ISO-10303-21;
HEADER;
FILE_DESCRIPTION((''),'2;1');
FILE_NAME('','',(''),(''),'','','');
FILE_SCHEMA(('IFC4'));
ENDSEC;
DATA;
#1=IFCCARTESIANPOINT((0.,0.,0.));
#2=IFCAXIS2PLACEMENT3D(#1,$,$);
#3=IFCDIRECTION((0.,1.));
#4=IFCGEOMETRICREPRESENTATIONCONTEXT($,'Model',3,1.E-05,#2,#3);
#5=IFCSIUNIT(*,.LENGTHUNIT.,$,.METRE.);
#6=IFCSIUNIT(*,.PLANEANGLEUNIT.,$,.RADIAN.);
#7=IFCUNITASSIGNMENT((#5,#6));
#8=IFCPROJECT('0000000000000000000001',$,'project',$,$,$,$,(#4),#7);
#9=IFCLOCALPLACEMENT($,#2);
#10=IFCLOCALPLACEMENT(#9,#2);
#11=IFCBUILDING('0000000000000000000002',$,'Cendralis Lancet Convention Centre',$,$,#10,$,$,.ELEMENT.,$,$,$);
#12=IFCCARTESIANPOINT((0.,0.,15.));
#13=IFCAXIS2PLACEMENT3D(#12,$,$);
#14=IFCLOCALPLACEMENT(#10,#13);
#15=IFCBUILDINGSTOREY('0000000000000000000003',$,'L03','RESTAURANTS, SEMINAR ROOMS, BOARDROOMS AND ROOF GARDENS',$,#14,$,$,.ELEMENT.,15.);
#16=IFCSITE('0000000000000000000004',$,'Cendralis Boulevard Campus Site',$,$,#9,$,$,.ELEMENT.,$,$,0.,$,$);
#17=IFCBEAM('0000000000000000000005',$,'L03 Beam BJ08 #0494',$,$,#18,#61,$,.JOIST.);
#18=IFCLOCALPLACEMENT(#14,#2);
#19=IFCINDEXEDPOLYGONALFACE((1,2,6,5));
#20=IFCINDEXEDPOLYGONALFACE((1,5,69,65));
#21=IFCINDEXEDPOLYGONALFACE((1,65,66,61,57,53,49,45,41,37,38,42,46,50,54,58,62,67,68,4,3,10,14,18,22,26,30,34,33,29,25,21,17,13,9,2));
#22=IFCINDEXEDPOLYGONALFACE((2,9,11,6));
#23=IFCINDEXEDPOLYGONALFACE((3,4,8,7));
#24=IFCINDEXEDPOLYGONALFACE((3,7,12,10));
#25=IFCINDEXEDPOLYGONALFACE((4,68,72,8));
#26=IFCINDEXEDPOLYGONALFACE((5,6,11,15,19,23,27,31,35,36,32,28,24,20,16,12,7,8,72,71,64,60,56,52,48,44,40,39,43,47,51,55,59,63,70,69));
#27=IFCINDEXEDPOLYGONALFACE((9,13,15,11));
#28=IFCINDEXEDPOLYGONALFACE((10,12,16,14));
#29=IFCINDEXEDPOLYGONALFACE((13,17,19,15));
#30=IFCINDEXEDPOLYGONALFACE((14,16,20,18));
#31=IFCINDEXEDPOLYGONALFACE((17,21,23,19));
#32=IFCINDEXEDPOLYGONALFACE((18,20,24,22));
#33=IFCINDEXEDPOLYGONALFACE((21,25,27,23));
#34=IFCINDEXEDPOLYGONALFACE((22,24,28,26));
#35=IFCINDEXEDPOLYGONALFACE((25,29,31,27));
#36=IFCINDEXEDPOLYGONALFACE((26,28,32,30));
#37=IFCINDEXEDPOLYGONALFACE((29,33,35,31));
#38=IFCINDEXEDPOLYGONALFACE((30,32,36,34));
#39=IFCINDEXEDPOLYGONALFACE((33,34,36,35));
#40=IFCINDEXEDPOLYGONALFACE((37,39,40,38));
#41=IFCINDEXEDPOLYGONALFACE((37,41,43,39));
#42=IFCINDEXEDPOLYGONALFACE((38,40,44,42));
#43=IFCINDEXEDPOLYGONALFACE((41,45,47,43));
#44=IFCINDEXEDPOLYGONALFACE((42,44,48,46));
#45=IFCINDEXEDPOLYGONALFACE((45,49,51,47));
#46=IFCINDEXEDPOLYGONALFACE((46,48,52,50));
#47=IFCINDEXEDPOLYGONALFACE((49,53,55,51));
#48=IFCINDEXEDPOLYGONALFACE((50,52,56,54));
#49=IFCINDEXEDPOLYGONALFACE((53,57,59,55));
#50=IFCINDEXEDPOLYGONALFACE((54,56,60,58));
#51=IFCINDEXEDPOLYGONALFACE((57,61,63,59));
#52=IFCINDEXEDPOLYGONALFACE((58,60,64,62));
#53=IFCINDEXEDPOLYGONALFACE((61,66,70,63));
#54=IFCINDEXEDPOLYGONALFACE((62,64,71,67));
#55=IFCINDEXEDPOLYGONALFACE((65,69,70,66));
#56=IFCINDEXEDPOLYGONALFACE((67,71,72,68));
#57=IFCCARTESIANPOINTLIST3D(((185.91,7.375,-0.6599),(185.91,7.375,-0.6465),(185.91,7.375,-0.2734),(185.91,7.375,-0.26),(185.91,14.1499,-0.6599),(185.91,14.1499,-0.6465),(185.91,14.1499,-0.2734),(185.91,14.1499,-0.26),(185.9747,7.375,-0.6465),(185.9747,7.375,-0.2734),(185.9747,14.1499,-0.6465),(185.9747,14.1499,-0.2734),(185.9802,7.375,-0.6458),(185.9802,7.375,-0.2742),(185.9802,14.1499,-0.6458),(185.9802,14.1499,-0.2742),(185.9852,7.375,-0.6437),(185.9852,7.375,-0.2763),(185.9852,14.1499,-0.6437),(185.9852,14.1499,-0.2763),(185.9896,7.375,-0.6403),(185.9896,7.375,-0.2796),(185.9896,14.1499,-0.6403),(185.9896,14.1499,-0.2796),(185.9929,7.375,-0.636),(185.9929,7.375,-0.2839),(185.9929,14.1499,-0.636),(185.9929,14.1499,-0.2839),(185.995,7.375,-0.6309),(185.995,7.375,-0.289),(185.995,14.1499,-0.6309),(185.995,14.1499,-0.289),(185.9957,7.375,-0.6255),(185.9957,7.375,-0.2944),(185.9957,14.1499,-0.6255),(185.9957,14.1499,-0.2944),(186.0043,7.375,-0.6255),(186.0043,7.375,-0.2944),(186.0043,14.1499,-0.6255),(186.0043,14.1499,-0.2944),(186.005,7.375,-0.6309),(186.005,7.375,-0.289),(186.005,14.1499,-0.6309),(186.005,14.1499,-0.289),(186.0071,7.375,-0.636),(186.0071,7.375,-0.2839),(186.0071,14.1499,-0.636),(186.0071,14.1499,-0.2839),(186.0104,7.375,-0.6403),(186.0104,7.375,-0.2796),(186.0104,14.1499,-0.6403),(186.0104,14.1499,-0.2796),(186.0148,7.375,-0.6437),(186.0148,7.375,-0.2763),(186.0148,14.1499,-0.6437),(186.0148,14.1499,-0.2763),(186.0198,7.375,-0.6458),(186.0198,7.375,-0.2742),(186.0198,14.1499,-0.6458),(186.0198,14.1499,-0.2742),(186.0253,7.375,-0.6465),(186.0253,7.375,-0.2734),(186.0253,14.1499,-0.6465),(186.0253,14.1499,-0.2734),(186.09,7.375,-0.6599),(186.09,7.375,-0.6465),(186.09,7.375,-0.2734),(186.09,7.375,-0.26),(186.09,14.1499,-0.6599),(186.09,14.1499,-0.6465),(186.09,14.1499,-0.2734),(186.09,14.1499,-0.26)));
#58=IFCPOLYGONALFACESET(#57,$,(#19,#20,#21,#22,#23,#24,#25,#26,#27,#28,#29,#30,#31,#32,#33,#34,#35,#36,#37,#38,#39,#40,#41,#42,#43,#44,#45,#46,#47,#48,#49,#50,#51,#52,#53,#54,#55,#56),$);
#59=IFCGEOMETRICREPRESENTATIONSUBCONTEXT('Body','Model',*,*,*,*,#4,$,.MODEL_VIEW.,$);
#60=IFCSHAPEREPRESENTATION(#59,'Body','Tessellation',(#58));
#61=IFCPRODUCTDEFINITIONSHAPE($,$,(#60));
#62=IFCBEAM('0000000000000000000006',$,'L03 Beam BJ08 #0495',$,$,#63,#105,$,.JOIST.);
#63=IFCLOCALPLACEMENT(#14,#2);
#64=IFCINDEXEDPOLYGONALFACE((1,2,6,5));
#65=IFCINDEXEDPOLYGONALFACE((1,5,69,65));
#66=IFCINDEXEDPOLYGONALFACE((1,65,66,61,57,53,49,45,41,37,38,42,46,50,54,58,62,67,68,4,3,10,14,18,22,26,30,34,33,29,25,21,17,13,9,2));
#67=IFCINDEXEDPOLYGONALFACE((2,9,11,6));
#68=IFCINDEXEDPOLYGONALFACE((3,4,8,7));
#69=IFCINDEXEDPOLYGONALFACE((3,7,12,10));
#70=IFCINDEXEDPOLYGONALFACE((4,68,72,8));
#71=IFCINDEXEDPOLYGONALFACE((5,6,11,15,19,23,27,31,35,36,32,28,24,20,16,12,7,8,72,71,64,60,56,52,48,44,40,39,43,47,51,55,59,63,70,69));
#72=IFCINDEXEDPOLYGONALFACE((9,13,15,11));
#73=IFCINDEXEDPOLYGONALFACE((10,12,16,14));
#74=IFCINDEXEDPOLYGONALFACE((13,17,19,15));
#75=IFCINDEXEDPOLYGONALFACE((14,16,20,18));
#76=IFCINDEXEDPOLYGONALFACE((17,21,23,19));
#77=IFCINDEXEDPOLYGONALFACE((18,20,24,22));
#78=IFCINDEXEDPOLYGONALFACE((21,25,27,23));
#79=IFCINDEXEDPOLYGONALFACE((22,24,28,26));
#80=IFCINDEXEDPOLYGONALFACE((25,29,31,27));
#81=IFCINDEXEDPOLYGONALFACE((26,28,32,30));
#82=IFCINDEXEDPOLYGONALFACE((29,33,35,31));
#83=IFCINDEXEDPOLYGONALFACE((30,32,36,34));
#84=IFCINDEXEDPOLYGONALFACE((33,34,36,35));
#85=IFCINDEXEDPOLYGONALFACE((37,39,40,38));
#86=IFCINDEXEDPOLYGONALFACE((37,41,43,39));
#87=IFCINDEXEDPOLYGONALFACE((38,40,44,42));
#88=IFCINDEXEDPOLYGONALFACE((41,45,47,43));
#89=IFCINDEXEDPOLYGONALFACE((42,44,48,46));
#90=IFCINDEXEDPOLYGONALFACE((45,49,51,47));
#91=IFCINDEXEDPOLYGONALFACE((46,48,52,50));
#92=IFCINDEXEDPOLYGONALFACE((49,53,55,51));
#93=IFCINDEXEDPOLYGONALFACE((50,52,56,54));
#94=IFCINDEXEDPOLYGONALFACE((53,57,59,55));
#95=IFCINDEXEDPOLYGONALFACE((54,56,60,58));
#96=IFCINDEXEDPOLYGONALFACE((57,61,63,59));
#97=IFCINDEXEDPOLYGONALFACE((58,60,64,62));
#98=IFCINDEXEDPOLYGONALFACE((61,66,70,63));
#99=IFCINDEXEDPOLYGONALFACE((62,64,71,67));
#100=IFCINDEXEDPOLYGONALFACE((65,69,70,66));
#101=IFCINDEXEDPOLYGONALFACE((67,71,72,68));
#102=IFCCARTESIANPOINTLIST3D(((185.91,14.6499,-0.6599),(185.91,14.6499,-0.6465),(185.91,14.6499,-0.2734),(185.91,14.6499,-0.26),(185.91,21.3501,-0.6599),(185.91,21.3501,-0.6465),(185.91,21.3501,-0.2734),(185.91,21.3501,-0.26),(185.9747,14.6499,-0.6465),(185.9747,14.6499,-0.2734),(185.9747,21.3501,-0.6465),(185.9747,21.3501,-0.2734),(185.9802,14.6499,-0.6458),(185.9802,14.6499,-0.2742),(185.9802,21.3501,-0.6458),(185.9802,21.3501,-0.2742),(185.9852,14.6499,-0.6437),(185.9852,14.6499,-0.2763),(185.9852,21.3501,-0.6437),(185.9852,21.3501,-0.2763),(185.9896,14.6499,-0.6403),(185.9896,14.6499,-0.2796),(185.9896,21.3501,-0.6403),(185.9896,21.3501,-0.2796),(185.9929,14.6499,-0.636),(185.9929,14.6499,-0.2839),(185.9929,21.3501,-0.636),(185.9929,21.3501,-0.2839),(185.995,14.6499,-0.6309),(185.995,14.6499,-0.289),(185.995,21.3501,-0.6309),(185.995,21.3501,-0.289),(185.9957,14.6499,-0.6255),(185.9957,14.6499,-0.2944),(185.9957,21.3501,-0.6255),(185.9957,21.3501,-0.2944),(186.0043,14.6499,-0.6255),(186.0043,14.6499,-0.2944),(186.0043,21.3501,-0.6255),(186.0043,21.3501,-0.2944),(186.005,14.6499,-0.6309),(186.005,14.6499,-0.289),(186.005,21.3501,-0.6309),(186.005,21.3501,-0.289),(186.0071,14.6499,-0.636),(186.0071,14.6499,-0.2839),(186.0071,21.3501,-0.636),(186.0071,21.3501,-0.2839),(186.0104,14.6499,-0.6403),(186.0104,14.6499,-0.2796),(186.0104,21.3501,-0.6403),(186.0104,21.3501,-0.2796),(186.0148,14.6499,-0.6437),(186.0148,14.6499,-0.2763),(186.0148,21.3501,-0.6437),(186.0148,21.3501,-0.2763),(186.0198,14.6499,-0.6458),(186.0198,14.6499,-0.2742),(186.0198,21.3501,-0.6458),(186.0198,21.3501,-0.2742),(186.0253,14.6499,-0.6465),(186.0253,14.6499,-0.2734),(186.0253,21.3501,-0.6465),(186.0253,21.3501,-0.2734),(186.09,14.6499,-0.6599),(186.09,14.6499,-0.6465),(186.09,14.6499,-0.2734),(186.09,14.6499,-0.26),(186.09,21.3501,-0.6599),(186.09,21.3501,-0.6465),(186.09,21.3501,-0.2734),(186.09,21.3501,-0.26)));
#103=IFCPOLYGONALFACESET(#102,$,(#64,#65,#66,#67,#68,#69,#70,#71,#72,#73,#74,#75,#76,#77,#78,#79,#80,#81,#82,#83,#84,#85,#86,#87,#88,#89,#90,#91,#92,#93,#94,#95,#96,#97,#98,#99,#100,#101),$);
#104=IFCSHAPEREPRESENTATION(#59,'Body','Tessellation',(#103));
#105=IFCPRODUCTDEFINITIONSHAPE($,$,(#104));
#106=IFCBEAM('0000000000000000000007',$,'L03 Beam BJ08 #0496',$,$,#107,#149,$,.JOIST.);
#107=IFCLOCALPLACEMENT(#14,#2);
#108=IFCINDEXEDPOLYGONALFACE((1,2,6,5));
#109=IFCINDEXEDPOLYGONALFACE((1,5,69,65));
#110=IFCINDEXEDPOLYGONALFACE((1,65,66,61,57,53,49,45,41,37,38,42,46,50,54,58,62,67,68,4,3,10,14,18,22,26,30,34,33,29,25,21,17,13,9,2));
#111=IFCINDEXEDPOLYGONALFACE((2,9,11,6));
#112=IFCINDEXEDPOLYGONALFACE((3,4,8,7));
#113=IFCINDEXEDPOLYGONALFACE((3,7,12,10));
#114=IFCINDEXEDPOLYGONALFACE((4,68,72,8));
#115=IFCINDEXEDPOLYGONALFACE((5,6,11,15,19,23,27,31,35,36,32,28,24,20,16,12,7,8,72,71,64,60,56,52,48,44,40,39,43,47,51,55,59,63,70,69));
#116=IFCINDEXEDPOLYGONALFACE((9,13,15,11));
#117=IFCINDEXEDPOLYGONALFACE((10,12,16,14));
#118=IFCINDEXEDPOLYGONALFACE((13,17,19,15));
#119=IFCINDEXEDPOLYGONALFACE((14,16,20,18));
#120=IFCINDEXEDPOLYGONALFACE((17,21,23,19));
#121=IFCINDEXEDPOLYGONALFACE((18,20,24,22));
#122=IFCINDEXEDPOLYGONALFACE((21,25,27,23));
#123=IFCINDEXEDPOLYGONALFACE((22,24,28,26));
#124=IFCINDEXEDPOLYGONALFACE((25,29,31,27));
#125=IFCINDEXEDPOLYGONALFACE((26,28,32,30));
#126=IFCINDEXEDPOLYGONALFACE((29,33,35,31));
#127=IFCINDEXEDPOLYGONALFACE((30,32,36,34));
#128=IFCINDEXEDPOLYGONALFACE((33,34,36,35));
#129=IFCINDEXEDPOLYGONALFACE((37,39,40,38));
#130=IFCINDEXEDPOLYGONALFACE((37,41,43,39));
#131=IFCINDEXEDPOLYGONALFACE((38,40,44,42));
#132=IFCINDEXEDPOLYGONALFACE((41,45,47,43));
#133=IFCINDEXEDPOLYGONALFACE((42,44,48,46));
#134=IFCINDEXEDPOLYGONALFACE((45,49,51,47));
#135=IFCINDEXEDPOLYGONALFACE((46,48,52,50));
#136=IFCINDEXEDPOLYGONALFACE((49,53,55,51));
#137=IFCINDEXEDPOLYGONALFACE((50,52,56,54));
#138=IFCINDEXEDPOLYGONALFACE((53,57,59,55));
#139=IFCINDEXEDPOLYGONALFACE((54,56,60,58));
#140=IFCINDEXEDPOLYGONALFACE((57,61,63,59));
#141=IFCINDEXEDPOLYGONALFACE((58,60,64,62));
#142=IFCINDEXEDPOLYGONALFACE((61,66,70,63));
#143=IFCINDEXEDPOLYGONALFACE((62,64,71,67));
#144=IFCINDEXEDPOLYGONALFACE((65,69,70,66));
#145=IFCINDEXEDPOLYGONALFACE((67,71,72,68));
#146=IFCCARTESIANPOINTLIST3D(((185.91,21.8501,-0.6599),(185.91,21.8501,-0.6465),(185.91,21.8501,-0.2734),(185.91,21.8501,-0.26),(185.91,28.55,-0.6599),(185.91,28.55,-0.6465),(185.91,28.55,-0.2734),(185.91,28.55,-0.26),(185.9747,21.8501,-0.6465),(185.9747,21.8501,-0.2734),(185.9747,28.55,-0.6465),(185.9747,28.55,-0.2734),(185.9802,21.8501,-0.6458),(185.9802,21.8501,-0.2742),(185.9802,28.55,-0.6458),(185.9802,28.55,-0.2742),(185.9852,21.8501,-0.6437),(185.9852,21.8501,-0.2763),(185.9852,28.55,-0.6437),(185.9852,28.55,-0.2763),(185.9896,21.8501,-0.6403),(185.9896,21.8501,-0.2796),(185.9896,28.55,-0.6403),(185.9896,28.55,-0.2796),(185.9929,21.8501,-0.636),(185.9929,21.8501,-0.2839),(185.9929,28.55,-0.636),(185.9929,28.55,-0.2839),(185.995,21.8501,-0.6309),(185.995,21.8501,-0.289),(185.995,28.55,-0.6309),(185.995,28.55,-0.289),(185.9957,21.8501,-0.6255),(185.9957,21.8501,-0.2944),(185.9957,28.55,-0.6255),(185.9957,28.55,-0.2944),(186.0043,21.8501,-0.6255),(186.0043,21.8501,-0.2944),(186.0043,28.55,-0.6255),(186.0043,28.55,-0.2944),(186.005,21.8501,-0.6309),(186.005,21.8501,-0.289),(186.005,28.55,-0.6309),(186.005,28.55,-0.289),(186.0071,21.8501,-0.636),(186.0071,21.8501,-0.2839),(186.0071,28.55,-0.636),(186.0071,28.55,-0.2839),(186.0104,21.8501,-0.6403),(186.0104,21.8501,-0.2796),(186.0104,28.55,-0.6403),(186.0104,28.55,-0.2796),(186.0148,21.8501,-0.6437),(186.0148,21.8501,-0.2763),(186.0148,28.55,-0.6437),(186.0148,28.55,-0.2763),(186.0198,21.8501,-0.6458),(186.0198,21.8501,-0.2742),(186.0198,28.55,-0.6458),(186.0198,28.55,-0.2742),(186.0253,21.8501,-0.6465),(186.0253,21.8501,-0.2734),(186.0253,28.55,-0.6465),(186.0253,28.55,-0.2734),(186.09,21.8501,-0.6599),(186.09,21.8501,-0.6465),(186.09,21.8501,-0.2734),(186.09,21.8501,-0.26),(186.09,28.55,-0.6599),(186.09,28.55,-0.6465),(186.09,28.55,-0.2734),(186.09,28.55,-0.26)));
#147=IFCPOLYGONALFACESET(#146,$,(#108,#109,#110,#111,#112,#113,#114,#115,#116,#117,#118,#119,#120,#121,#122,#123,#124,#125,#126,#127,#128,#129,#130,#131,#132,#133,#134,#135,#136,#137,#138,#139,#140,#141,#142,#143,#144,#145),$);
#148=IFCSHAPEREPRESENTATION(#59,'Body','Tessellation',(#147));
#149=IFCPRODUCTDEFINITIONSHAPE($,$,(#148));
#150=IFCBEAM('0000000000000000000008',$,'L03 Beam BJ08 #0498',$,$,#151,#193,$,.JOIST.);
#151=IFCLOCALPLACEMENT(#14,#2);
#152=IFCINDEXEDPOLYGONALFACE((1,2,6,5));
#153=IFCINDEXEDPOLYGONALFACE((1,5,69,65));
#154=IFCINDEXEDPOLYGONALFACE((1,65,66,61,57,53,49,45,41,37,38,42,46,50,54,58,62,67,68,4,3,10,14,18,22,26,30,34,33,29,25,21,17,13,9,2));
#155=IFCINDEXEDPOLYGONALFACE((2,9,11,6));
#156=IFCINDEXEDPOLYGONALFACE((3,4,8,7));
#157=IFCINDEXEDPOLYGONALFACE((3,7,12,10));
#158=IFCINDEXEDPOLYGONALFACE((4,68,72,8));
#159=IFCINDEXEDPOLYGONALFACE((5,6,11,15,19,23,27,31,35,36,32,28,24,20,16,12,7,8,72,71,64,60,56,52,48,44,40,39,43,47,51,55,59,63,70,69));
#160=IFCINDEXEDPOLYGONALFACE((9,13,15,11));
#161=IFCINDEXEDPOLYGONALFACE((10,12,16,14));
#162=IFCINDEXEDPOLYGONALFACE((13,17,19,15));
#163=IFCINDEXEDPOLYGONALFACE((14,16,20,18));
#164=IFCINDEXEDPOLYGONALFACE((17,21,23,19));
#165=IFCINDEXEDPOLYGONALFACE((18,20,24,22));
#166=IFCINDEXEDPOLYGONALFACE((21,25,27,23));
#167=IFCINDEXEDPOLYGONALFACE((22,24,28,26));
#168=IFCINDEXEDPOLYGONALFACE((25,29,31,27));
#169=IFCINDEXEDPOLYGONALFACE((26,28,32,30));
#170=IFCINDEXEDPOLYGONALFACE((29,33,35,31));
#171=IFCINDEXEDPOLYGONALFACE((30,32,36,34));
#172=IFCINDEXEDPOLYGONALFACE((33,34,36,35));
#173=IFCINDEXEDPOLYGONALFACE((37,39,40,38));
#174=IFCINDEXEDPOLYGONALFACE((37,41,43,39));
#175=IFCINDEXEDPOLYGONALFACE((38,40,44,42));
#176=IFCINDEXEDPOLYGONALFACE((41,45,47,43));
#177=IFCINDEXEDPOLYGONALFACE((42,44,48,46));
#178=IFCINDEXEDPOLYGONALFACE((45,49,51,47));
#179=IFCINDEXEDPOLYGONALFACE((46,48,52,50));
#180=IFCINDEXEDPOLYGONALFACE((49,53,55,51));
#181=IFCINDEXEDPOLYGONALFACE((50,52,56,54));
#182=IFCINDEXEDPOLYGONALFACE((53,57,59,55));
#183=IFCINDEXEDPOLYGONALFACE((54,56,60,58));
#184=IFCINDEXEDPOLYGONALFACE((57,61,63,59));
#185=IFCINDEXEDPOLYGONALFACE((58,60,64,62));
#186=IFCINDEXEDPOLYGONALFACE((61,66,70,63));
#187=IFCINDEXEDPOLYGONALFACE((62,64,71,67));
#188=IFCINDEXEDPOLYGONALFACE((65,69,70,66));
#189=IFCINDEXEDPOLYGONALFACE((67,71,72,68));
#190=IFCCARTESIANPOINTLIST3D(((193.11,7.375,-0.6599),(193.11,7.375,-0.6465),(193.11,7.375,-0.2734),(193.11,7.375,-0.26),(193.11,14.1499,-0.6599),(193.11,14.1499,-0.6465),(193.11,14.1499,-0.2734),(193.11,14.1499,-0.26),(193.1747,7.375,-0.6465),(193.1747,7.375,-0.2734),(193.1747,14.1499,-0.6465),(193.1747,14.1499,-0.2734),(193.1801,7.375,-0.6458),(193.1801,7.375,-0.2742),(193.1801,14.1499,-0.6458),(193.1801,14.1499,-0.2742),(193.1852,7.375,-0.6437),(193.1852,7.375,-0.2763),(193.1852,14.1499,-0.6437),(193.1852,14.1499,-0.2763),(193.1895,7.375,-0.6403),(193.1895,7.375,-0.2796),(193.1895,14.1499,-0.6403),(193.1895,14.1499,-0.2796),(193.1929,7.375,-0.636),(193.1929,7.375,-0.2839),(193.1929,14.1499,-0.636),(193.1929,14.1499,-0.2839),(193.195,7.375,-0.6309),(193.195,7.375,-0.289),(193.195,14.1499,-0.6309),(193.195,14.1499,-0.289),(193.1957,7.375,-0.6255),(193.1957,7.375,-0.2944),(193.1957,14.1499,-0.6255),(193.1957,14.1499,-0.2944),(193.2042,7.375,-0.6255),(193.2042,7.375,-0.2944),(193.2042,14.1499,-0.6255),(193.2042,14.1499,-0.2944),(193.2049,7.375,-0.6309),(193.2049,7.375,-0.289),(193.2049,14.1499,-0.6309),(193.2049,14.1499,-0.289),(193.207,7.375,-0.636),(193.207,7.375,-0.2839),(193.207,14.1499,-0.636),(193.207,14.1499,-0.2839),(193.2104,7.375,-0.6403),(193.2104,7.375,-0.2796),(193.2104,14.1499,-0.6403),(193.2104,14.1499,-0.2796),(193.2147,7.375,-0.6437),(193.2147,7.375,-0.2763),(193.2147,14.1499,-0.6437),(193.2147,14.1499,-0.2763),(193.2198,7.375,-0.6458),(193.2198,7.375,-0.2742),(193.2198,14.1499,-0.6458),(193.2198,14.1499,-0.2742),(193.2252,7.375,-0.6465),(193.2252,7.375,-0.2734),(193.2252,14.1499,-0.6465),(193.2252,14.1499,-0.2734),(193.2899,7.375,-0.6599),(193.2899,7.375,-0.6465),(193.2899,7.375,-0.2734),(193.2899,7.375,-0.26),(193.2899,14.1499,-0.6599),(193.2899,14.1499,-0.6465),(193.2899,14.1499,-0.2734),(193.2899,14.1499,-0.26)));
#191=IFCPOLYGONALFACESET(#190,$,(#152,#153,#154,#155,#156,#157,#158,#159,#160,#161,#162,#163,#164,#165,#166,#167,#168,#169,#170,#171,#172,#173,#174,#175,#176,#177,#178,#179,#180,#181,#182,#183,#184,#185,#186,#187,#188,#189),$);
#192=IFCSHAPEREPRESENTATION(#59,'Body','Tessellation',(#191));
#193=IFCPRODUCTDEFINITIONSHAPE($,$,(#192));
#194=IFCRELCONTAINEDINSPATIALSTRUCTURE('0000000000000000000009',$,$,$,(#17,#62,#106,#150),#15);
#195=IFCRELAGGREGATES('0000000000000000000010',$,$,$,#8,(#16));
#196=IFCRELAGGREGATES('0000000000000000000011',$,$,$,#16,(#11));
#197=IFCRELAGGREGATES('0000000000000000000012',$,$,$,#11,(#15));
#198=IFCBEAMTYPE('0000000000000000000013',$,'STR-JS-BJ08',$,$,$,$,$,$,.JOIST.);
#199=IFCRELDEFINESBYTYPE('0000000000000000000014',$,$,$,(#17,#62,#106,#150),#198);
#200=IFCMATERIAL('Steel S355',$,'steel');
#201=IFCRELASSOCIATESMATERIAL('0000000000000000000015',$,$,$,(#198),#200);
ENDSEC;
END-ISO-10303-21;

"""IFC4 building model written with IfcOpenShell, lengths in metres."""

from ifc_helpers import new_model, si_unit, direction, frame, origin, origin_2d, place, context, subcontext, project, spatial, i_section, extrude, material, material_profile, profile_set, type_object, element, save


model = new_model("IFC4")

# Units and contexts
model_context = context("Model", 3, precision=1e-05, world=origin(), true_north=direction((0.0, 1.0)))
body_context = subcontext(model_context, "Body", "Model", "MODEL_VIEW")
ifc_project = project(units=[si_unit("LENGTHUNIT", "METRE"), si_unit("PLANEANGLEUNIT", "RADIAN")], contexts=[model_context])

# Site, building, storey
site_placement = place(None, origin())
site = spatial("IfcSite", under=ifc_project, at=site_placement, Name="Cendralis Boulevard Campus Site", CompositionType="ELEMENT", RefElevation=0.0)
building_placement = place(site_placement, origin())
building = spatial("IfcBuilding", under=site, at=building_placement, Name="Cendralis Lancet Convention Centre", CompositionType="ELEMENT")
storey_placement = place(building_placement, frame((0.0, 0.0, 15.0)))
storey = spatial("IfcBuildingStorey", under=building, at=storey_placement, Name="L03", Description="RESTAURANTS, SEMINAR ROOMS, BOARDROOMS AND ROOF GARDENS", CompositionType="ELEMENT", Elevation=15.0)

# Beams
ifc_material_1 = material(Name="Steel S355", Category="steel")
ifc_material_profile_1 = material_profile(ifc_material_1, i_section(OverallWidth=0.1799, OverallDepth=0.3999, WebThickness=0.0085, FlangeThickness=0.0134, FilletRadius=0.021, at=origin_2d()), Name="IPE 400")
ifc_profile_set_1 = profile_set([ifc_material_profile_1], Name="Steel S355")
beam_type_1 = type_object("IfcBeamType", Name="STR-JS-BJ08", PredefinedType="JOIST", material=ifc_profile_set_1)
beam_1_placement = place(storey_placement, frame((186.0, 7.375, -0.46), z_axis=(0.0, 1.0, 0.0), x_axis=(-1.0, 0.0, 0.0)))
element("IfcBeam", 1, at=beam_1_placement, inside=storey, type_object=beam_type_1, Name="L03 Beam BJ08 #0494", PredefinedType="JOIST", context=body_context, shape_type="SweptSolid", body=[
    extrude(i_section(OverallWidth=0.1799, OverallDepth=0.3999, WebThickness=0.0085, FlangeThickness=0.0134, FilletRadius=0.021, at=origin_2d()), origin(), (0.0, 0.0, 1.0), 6.7749),
])
beam_2_placement = place(storey_placement, frame((186.0, 14.6499, -0.46), z_axis=(0.0, 1.0, 0.0), x_axis=(-1.0, 0.0, 0.0)))
element("IfcBeam", 2, at=beam_2_placement, inside=storey, type_object=beam_type_1, Name="L03 Beam BJ08 #0495", PredefinedType="JOIST", context=body_context, shape_type="SweptSolid", body=[
    extrude(i_section(OverallWidth=0.1799, OverallDepth=0.3999, WebThickness=0.0085, FlangeThickness=0.0134, FilletRadius=0.021, at=origin_2d()), origin(), (0.0, 0.0, 1.0), 6.7002),
])
beam_3_placement = place(storey_placement, frame((186.0, 21.8501, -0.46), z_axis=(0.0, 1.0, 0.0), x_axis=(-1.0, 0.0, 0.0)))
element("IfcBeam", 3, at=beam_3_placement, inside=storey, type_object=beam_type_1, Name="L03 Beam BJ08 #0496", PredefinedType="JOIST", context=body_context, shape_type="SweptSolid", body=[
    extrude(i_section(OverallWidth=0.1799, OverallDepth=0.3999, WebThickness=0.0085, FlangeThickness=0.0134, FilletRadius=0.021, at=origin_2d()), origin(), (0.0, 0.0, 1.0), 6.7),
])
beam_4_placement = place(storey_placement, frame((193.2, 7.375, -0.46), z_axis=(0.0, 1.0, 0.0), x_axis=(-1.0, 0.0, 0.0)))
element("IfcBeam", 4, at=beam_4_placement, inside=storey, type_object=beam_type_1, Name="L03 Beam BJ08 #0498", PredefinedType="JOIST", context=body_context, shape_type="SweptSolid", body=[
    extrude(i_section(OverallWidth=0.1799, OverallDepth=0.3999, WebThickness=0.0085, FlangeThickness=0.0134, FilletRadius=0.021, at=origin_2d()), origin(), (0.0, 0.0, 1.0), 6.7749),
])

save(model, "model.ifc")
